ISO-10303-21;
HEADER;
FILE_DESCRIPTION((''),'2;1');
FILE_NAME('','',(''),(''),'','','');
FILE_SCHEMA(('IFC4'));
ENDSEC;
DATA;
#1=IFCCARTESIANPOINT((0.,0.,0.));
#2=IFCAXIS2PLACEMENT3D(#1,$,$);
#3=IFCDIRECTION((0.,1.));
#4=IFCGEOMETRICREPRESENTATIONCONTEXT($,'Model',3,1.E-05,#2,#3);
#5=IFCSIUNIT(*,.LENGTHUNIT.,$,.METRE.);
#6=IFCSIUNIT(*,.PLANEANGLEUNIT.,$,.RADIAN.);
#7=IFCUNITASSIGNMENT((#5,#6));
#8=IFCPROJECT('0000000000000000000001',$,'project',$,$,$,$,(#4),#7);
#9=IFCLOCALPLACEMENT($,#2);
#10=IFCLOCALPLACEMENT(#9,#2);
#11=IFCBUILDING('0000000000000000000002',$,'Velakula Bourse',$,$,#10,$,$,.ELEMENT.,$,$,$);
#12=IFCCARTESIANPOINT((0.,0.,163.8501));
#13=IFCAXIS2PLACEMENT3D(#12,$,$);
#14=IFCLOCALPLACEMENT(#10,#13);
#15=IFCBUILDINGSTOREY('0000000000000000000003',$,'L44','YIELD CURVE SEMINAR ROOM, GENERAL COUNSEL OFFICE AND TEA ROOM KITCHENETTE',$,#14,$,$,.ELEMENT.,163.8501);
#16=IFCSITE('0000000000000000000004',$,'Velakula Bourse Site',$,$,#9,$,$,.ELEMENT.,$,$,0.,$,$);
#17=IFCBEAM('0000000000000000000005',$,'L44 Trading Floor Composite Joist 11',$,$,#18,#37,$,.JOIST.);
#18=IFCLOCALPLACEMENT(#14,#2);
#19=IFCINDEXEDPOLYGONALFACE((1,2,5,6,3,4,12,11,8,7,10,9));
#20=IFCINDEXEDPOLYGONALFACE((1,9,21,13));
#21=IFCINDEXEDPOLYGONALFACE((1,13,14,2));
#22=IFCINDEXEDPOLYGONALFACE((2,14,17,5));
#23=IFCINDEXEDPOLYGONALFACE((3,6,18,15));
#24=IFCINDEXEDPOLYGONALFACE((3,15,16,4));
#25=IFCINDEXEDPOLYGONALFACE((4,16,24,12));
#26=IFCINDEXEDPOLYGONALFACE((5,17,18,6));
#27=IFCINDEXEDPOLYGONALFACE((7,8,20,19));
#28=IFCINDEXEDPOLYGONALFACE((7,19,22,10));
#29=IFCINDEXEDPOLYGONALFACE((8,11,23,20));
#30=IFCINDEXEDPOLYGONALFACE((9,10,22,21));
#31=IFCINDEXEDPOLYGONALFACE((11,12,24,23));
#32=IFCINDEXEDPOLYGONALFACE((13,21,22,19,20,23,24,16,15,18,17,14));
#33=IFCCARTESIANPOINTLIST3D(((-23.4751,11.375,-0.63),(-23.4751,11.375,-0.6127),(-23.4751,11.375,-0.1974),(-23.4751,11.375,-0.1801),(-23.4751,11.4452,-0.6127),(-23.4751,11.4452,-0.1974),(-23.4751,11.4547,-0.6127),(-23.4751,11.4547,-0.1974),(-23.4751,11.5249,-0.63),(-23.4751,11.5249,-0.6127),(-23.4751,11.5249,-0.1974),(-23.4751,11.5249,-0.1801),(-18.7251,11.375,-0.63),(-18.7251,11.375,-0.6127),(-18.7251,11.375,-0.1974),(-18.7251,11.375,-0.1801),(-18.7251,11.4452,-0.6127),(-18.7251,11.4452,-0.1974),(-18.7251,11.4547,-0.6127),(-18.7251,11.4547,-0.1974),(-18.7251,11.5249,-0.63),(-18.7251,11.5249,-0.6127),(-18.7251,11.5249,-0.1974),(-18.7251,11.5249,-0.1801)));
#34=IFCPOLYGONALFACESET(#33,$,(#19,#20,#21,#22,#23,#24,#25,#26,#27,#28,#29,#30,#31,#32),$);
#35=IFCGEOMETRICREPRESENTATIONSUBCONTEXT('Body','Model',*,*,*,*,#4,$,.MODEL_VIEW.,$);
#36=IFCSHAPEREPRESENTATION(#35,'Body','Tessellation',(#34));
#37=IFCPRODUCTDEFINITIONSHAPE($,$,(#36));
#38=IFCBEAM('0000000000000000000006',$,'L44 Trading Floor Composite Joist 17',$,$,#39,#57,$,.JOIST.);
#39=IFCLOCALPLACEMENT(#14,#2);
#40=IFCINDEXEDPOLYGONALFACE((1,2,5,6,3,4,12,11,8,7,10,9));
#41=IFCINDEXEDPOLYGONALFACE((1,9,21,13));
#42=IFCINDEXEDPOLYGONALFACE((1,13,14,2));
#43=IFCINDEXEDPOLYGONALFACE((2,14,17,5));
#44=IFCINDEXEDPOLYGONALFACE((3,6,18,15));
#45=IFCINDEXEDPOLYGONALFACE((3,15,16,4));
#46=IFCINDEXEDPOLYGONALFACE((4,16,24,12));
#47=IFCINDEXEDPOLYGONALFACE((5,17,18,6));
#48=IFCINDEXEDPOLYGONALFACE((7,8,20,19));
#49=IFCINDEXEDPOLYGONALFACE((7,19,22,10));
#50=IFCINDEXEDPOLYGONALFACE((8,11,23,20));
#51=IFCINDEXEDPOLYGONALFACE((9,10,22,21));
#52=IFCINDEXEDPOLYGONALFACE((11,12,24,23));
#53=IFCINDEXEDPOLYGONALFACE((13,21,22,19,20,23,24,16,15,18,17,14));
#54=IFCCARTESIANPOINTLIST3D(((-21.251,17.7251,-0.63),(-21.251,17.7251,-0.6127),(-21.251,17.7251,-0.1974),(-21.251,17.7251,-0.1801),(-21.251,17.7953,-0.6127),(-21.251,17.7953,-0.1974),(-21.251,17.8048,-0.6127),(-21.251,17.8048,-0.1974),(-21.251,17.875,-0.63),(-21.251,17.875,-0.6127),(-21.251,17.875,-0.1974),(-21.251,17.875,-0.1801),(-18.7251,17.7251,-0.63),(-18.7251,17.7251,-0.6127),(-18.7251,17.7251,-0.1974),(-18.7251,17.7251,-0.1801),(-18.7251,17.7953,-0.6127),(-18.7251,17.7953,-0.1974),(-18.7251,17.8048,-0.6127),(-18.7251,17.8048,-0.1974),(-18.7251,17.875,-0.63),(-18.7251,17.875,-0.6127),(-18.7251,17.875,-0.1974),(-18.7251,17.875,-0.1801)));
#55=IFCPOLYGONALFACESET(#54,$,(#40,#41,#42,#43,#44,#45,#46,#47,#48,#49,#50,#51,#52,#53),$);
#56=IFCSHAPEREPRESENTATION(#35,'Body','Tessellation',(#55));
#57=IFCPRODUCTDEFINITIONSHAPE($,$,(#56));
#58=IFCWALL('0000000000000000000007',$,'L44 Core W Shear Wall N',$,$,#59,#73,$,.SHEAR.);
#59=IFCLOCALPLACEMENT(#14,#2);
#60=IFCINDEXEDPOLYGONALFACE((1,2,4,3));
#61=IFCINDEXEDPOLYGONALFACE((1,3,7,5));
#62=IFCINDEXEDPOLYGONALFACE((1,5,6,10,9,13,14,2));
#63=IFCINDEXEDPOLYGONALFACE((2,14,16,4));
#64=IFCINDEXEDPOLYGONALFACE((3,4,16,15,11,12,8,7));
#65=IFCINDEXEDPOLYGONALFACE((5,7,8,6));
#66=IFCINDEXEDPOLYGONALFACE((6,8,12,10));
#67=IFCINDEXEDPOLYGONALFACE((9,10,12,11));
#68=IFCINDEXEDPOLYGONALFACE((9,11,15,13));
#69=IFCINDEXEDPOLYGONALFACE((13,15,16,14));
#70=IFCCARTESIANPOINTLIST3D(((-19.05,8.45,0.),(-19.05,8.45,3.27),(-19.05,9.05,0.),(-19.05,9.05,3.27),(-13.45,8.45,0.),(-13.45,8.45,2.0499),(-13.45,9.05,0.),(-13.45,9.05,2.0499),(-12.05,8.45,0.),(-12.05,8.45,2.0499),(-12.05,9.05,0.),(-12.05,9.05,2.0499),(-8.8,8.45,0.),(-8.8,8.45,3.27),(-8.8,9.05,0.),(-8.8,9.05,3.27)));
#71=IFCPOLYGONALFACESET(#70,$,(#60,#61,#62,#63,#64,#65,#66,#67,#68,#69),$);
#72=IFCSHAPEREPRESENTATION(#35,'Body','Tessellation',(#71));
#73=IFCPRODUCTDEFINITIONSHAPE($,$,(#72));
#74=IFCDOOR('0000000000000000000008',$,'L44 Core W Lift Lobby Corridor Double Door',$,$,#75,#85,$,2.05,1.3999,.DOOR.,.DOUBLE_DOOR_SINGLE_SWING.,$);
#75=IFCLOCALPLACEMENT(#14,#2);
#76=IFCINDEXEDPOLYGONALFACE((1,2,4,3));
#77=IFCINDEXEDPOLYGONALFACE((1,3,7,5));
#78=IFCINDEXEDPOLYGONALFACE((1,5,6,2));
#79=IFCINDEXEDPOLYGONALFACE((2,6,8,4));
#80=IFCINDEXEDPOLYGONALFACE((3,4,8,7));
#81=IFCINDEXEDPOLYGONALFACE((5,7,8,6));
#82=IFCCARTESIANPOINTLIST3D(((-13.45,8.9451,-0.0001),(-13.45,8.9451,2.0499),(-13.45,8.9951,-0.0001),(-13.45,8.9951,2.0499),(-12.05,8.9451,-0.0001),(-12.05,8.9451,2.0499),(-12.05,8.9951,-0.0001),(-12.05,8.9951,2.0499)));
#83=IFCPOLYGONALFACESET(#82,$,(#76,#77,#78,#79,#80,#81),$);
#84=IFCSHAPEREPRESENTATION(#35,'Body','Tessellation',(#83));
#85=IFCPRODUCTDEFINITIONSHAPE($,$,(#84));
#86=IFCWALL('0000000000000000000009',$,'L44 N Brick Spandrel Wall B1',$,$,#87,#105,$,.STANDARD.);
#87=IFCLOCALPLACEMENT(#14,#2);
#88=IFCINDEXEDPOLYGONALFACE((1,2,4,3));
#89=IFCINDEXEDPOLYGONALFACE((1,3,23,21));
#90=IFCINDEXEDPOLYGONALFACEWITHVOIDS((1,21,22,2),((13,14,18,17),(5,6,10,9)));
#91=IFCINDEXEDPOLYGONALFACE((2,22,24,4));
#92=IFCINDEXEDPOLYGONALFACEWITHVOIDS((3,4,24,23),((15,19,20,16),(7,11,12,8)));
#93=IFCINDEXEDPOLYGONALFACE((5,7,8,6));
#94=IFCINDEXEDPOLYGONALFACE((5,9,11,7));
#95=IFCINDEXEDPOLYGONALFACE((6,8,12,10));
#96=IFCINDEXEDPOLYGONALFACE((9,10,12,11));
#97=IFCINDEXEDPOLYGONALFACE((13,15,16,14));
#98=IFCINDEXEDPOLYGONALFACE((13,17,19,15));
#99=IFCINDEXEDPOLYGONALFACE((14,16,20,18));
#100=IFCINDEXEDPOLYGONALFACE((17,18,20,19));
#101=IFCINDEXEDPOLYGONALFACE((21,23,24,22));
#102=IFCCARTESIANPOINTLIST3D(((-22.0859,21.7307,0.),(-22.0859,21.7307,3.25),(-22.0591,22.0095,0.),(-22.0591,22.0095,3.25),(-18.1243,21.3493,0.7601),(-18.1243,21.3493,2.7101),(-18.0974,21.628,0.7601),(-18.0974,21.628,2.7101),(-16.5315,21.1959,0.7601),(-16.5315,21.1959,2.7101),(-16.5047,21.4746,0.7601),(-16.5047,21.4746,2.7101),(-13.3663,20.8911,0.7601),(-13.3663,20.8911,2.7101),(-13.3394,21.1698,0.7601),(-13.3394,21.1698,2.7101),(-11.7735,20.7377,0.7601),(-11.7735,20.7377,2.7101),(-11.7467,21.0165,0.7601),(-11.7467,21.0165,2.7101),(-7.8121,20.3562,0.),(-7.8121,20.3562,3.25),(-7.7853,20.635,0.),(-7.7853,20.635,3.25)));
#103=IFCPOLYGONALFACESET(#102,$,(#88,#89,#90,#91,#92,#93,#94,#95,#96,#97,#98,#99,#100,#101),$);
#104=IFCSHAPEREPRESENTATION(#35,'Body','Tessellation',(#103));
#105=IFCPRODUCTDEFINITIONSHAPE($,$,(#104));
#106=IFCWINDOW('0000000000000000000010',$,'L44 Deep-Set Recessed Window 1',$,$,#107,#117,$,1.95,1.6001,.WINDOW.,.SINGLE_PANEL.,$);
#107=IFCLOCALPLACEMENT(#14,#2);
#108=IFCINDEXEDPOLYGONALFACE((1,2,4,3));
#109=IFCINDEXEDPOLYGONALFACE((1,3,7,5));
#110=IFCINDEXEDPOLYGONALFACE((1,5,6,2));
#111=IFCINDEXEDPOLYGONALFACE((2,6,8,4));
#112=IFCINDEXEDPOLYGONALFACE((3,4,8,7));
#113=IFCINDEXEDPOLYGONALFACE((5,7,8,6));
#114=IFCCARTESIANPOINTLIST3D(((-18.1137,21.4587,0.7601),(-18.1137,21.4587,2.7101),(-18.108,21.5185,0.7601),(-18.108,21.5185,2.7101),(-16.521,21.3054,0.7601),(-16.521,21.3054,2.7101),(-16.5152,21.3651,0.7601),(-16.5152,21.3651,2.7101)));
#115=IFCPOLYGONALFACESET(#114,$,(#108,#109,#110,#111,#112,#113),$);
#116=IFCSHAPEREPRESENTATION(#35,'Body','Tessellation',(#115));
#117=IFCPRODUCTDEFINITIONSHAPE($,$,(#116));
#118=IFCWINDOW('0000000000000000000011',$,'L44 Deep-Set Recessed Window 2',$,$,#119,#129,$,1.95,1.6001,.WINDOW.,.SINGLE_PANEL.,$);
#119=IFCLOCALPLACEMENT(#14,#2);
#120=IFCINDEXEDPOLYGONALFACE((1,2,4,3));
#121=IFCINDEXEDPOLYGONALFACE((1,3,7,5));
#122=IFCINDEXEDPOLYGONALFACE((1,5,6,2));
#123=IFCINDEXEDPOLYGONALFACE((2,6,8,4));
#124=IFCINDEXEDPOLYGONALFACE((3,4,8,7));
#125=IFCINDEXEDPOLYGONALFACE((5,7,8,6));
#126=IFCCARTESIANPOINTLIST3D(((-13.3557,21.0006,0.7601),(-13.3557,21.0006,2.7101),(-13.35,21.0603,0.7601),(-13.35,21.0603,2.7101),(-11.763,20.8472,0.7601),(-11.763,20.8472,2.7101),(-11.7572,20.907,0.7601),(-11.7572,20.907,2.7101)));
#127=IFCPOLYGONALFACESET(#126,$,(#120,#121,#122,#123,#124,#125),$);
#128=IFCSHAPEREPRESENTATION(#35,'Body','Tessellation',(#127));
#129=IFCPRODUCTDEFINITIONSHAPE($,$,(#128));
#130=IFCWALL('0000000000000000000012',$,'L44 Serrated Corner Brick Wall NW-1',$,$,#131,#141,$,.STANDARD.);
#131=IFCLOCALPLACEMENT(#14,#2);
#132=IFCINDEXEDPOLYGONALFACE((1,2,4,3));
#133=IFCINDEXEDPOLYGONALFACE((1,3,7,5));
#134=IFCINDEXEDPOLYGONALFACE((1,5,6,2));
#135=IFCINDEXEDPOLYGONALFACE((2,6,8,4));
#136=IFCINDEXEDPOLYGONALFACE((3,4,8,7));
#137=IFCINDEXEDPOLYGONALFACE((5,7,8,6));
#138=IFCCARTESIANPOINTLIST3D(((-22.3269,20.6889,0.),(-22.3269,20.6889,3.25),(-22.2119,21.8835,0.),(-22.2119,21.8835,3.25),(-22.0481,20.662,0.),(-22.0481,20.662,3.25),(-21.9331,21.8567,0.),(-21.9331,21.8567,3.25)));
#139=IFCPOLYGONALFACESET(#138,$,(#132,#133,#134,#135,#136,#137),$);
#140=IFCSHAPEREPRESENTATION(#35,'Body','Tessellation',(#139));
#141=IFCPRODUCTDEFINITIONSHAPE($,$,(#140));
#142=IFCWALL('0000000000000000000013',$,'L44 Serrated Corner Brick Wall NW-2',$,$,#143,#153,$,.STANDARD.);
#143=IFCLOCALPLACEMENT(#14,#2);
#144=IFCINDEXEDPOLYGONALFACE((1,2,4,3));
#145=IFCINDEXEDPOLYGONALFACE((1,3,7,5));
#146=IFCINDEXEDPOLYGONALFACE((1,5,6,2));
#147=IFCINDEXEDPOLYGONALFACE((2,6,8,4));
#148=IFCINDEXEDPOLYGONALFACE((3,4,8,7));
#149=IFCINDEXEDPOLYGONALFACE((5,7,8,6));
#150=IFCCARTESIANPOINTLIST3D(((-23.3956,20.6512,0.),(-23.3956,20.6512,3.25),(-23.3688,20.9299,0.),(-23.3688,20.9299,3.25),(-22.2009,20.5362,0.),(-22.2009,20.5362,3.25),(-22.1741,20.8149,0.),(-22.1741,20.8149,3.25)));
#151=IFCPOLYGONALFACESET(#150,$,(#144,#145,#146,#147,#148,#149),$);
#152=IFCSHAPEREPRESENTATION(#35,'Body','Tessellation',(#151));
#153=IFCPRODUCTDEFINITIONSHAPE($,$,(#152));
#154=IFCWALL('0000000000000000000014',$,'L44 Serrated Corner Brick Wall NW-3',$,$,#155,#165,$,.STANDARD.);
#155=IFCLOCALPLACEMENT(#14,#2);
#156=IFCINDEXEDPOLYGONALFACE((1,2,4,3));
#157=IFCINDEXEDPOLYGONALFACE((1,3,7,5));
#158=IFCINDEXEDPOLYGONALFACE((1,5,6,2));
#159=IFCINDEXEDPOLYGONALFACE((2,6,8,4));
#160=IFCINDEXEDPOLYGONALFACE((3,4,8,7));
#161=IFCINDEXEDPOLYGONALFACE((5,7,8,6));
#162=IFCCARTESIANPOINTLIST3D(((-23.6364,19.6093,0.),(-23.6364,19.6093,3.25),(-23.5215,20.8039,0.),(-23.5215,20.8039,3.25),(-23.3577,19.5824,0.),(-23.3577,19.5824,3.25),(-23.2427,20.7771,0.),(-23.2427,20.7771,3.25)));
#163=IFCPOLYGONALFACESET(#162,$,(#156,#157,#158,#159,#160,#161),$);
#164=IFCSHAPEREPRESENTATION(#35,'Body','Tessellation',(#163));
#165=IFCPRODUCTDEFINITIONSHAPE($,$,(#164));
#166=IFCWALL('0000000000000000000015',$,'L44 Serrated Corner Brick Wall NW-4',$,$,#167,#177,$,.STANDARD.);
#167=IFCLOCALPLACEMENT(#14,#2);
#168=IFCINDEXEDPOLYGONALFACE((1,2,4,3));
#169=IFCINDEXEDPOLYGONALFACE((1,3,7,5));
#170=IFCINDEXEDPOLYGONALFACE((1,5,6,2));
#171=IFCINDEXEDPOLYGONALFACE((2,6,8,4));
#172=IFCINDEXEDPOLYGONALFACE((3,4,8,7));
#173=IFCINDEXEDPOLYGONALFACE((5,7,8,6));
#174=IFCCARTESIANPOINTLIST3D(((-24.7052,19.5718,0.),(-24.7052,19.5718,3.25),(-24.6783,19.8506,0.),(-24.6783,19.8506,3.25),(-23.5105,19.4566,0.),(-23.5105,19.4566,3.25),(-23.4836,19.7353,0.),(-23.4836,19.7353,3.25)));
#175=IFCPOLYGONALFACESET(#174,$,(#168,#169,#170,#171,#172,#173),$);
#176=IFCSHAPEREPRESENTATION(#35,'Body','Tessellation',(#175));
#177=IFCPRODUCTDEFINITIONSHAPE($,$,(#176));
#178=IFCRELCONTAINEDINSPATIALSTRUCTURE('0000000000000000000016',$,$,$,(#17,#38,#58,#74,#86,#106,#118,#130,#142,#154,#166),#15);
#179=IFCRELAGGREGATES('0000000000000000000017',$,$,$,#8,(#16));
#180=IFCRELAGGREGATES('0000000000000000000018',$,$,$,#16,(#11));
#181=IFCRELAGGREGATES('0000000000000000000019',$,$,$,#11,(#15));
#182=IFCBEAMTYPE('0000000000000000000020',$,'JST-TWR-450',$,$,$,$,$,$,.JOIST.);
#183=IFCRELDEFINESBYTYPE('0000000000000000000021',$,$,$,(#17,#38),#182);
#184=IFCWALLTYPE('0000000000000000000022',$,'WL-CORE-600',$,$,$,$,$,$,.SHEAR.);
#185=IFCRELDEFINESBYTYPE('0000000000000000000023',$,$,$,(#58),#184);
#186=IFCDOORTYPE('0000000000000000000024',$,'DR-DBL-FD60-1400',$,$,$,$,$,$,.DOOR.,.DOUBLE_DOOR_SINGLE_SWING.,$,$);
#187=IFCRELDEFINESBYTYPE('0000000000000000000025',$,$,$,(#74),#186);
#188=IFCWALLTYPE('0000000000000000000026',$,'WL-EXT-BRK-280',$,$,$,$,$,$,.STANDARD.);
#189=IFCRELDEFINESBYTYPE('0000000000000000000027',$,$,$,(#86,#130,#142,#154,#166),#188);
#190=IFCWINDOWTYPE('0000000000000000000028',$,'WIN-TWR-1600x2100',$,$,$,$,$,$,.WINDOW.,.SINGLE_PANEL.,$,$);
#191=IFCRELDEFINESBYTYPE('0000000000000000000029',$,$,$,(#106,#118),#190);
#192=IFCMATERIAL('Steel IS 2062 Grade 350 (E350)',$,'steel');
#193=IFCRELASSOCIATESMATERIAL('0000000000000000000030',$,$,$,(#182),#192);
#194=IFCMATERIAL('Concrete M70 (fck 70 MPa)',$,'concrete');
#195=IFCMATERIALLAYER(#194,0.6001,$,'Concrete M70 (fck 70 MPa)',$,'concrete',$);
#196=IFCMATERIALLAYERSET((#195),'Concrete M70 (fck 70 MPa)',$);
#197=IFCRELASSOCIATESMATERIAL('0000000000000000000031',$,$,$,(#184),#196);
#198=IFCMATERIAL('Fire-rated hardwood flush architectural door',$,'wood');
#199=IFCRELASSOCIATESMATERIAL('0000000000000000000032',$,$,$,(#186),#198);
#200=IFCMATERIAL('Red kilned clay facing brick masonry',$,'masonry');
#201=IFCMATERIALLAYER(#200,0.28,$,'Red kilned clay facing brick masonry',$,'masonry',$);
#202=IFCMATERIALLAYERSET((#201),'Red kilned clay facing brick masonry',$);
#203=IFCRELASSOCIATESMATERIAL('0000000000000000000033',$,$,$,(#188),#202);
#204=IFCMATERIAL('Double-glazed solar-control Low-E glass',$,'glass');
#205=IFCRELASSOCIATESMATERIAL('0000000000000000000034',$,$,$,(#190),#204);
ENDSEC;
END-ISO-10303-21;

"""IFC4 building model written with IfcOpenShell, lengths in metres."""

from ifc_helpers import new_model, si_unit, direction, frame, frame_2d, origin, origin_2d, place, context, subcontext, project, spatial, rectangle, i_section, extrude, material, layer, layer_set, material_profile, profile_set, type_object, element, fill, save


model = new_model("IFC4")

# Units and contexts
model_context = context("Model", 3, precision=1e-05, world=origin(), true_north=direction((0.0, 1.0)))
body_context = subcontext(model_context, "Body", "Model", "MODEL_VIEW")
ifc_project = project(units=[si_unit("LENGTHUNIT", "METRE"), si_unit("PLANEANGLEUNIT", "RADIAN")], contexts=[model_context])

# Site, building, storey
site_placement = place(None, origin())
site = spatial("IfcSite", under=ifc_project, at=site_placement, Name="Velakula Bourse Site", CompositionType="ELEMENT", RefElevation=0.0)
building_placement = place(site_placement, origin())
building = spatial("IfcBuilding", under=site, at=building_placement, Name="Velakula Bourse", CompositionType="ELEMENT")
storey_placement = place(building_placement, frame((0.0, 0.0, 163.8501)))
storey = spatial("IfcBuildingStorey", under=building, at=storey_placement, Name="L44", Description="YIELD CURVE SEMINAR ROOM, GENERAL COUNSEL OFFICE AND TEA ROOM KITCHENETTE", CompositionType="ELEMENT", Elevation=163.8501)

# Shared definitions
ifc_material_1 = material(Name="Steel IS 2062 Grade 350 (E350)", Category="steel")

# Beams
ifc_material_profile_1 = material_profile(ifc_material_1, i_section(OverallWidth=0.1499, OverallDepth=0.45, WebThickness=0.0095, FlangeThickness=0.0173, at=origin_2d()), Name="Steel IS 2062 Grade 350 (E350)")
ifc_profile_set_1 = profile_set([ifc_material_profile_1], Name="Steel IS 2062 Grade 350 (E350)")
beam_type_1 = type_object("IfcBeamType", Name="JST-TWR-450", PredefinedType="JOIST", material=ifc_profile_set_1)
beam_1_placement = place(storey_placement, frame((-23.4751, 11.45, -0.405), z_axis=(1.0, 0.0, 0.0), x_axis=(0.0, 1.0, 0.0)))
element("IfcBeam", 1, at=beam_1_placement, inside=storey, type_object=beam_type_1, Name="L44 Trading Floor Composite Joist 11", PredefinedType="JOIST", context=body_context, shape_type="SweptSolid", body=[
    extrude(i_section(OverallWidth=0.1499, OverallDepth=0.45, WebThickness=0.0095, FlangeThickness=0.0173, at=origin_2d()), origin(), (0.0, 0.0, 1.0), 4.75),
])
beam_2_placement = place(storey_placement, frame((-21.251, 17.8, -0.405), z_axis=(1.0, 0.0, 0.0), x_axis=(0.0, 1.0, 0.0)))
element("IfcBeam", 2, at=beam_2_placement, inside=storey, type_object=beam_type_1, Name="L44 Trading Floor Composite Joist 17", PredefinedType="JOIST", context=body_context, shape_type="SweptSolid", body=[
    extrude(i_section(OverallWidth=0.1499, OverallDepth=0.45, WebThickness=0.0095, FlangeThickness=0.0173, at=origin_2d()), origin(), (0.0, 0.0, 1.0), 2.5259),
])

# Wall, opening, door
ifc_material_2 = material(Name="Concrete M70 (fck 70 MPa)", Category="concrete")
ifc_layer_1 = layer(ifc_material_2, 0.6001, Name="Concrete M70 (fck 70 MPa)", Category="concrete")
ifc_layer_set_1 = layer_set([ifc_layer_1], Name="Concrete M70 (fck 70 MPa)")
wall_type_1 = type_object("IfcWallType", Name="WL-CORE-600", PredefinedType="SHEAR", material=ifc_layer_set_1)
wall_1_placement = place(storey_placement, frame((-19.05, 8.75, 0.0), z_axis=(0.0, 0.0, 1.0), x_axis=(1.0, 0.0, 0.0)))
wall_1 = element("IfcWall", 3, at=wall_1_placement, inside=storey, type_object=wall_type_1, Name="L44 Core W Shear Wall N", PredefinedType="SHEAR", context=body_context, shape_type="SweptSolid", body=[
    extrude(rectangle(XDim=10.25, YDim=0.6001, at=frame_2d((5.125, 0.0))), origin(), (0.0, 0.0, 1.0), 3.27),
])
opening_1_placement = place(wall_1_placement, frame((5.6001, 0.0, 0.0)))
opening_1 = element("IfcOpeningElement", 4, at=opening_1_placement, cuts=wall_1, PredefinedType="OPENING", context=body_context, shape_type="SweptSolid", body=[
    extrude(rectangle(XDim=1.3999, YDim=2.05, at=frame_2d((0.7, 1.0249))), frame((0.0, 0.3101, 0.0), z_axis=(0.0, -1.0, 0.0), x_axis=(1.0, 0.0, 0.0)), (0.0, 0.0, 1.0), 0.6201),
])
ifc_material_3 = material(Name="Fire-rated hardwood flush architectural door", Category="wood")
door_type_1 = type_object("IfcDoorType", Name="DR-DBL-FD60-1400", OperationType="DOUBLE_DOOR_SINGLE_SWING", PredefinedType="DOOR", material=ifc_material_3)
door_1_placement = place(opening_1_placement, origin())
door_1 = element("IfcDoor", 5, at=door_1_placement, inside=storey, type_object=door_type_1, Name="L44 Core W Lift Lobby Corridor Double Door", OperationType="DOUBLE_DOOR_SINGLE_SWING", OverallHeight=2.05, OverallWidth=1.3999, PredefinedType="DOOR", context=body_context, shape_type="SweptSolid", body=[
    extrude(rectangle(XDim=1.3999, YDim=2.05, at=frame_2d((0.7, 1.0249))), frame((0.0, 0.2451, 0.0), z_axis=(0.0, -1.0, 0.0), x_axis=(1.0, 0.0, 0.0)), (0.0, 0.0, 1.0), 0.05),
])
fill(opening_1, door_1)

# Wall, openings, windows
ifc_material_4 = material(Name="Red kilned clay facing brick masonry", Category="masonry")
ifc_layer_2 = layer(ifc_material_4, 0.28, Name="Red kilned clay facing brick masonry", Category="masonry")
ifc_layer_set_2 = layer_set([ifc_layer_2], Name="Red kilned clay facing brick masonry")
wall_type_2 = type_object("IfcWallType", Name="WL-EXT-BRK-280", PredefinedType="STANDARD", material=ifc_layer_set_2)
wall_2_placement = place(storey_placement, frame((-22.0725, 21.8701, 0.0), z_axis=(0.0, 0.0, 1.0), x_axis=(0.995396, -0.095852, 0.0)))
wall_2 = element("IfcWall", 6, at=wall_2_placement, inside=storey, type_object=wall_type_2, Name="L44 N Brick Spandrel Wall B1", PredefinedType="STANDARD", context=body_context, shape_type="SweptSolid", body=[
    extrude(rectangle(XDim=14.3398, YDim=0.28, at=frame_2d((7.1699, 0.0))), origin(), (0.0, 0.0, 1.0), 3.25),
])
opening_2_placement = place(wall_2_placement, frame((3.98, 0.0, 0.76)))
opening_2 = element("IfcOpeningElement", 7, at=opening_2_placement, cuts=wall_2, PredefinedType="OPENING", context=body_context, shape_type="SweptSolid", body=[
    extrude(rectangle(XDim=1.6001, YDim=1.95, at=frame_2d((0.8, 0.9751))), frame((0.0, 0.1499, 0.0), z_axis=(0.0, -1.0, 0.0), x_axis=(1.0, 0.0, 0.0)), (0.0, 0.0, 1.0), 0.3),
])
opening_3_placement = place(wall_2_placement, frame((8.76, 0.0, 0.76)))
opening_3 = element("IfcOpeningElement", 8, at=opening_3_placement, cuts=wall_2, PredefinedType="OPENING", context=body_context, shape_type="SweptSolid", body=[
    extrude(rectangle(XDim=1.6001, YDim=1.95, at=frame_2d((0.8, 0.9751))), frame((0.0, 0.1499, 0.0), z_axis=(0.0, -1.0, 0.0), x_axis=(1.0, 0.0, 0.0)), (0.0, 0.0, 1.0), 0.3),
])
ifc_material_5 = material(Name="Double-glazed solar-control Low-E glass", Category="glass")
window_type = type_object("IfcWindowType", Name="WIN-TWR-1600x2100", PartitioningType="SINGLE_PANEL", PredefinedType="WINDOW", material=ifc_material_5)
window_1_placement = place(opening_2_placement, origin())
window_1 = element("IfcWindow", 9, at=window_1_placement, inside=storey, type_object=window_type, Name="L44 Deep-Set Recessed Window 1", OverallHeight=1.95, OverallWidth=1.6001, PartitioningType="SINGLE_PANEL", PredefinedType="WINDOW", context=body_context, shape_type="SweptSolid", body=[
    extrude(rectangle(XDim=1.6001, YDim=1.95, at=frame_2d((0.8, 0.9751))), frame((0.0, 0.03, 0.0), z_axis=(0.0, -1.0, 0.0), x_axis=(1.0, 0.0, 0.0)), (0.0, 0.0, 1.0), 0.0601),
])
fill(opening_2, window_1)
window_2_placement = place(opening_3_placement, origin())
window_2 = element("IfcWindow", 10, at=window_2_placement, inside=storey, type_object=window_type, Name="L44 Deep-Set Recessed Window 2", OverallHeight=1.95, OverallWidth=1.6001, PartitioningType="SINGLE_PANEL", PredefinedType="WINDOW", context=body_context, shape_type="SweptSolid", body=[
    extrude(rectangle(XDim=1.6001, YDim=1.95, at=frame_2d((0.8, 0.9751))), frame((0.0, 0.03, 0.0), z_axis=(0.0, -1.0, 0.0), x_axis=(1.0, 0.0, 0.0)), (0.0, 0.0, 1.0), 0.0601),
])
fill(opening_3, window_2)

# Walls
for number, where, z_axis, x_axis, name in (
    (11, (-22.0725, 21.8701, 0.0), (0.0, 0.0, 1.0), (-0.095817, -0.995399, 0.0), "L44 Serrated Corner Brick Wall NW-1"),
    (12, (-22.1875, 20.6755, 0.0), (0.0, 0.0, 1.0), (-0.995399, 0.095817, 0.0), "L44 Serrated Corner Brick Wall NW-2"),
    (13, (-23.3821, 20.7905, 0.0), (0.0, 0.0, 1.0), (-0.095817, -0.995399, 0.0), "L44 Serrated Corner Brick Wall NW-3"),
    (14, (-23.4971, 19.5959, 0.0), (0.0, 0.0, 1.0), (-0.99538, 0.096019, 0.0), "L44 Serrated Corner Brick Wall NW-4"),
):
    element("IfcWall", number, at=place(storey_placement, frame(where, z_axis=z_axis, x_axis=x_axis)), inside=storey, type_object=wall_type_2, Name=name, PredefinedType="STANDARD", context=body_context, shape_type="SweptSolid", body=[
        extrude(rectangle(XDim=1.2002, YDim=0.28, at=frame_2d((0.6001, 0.0))), origin(), (0.0, 0.0, 1.0), 3.25),
    ])

save(model, "model.ifc")
